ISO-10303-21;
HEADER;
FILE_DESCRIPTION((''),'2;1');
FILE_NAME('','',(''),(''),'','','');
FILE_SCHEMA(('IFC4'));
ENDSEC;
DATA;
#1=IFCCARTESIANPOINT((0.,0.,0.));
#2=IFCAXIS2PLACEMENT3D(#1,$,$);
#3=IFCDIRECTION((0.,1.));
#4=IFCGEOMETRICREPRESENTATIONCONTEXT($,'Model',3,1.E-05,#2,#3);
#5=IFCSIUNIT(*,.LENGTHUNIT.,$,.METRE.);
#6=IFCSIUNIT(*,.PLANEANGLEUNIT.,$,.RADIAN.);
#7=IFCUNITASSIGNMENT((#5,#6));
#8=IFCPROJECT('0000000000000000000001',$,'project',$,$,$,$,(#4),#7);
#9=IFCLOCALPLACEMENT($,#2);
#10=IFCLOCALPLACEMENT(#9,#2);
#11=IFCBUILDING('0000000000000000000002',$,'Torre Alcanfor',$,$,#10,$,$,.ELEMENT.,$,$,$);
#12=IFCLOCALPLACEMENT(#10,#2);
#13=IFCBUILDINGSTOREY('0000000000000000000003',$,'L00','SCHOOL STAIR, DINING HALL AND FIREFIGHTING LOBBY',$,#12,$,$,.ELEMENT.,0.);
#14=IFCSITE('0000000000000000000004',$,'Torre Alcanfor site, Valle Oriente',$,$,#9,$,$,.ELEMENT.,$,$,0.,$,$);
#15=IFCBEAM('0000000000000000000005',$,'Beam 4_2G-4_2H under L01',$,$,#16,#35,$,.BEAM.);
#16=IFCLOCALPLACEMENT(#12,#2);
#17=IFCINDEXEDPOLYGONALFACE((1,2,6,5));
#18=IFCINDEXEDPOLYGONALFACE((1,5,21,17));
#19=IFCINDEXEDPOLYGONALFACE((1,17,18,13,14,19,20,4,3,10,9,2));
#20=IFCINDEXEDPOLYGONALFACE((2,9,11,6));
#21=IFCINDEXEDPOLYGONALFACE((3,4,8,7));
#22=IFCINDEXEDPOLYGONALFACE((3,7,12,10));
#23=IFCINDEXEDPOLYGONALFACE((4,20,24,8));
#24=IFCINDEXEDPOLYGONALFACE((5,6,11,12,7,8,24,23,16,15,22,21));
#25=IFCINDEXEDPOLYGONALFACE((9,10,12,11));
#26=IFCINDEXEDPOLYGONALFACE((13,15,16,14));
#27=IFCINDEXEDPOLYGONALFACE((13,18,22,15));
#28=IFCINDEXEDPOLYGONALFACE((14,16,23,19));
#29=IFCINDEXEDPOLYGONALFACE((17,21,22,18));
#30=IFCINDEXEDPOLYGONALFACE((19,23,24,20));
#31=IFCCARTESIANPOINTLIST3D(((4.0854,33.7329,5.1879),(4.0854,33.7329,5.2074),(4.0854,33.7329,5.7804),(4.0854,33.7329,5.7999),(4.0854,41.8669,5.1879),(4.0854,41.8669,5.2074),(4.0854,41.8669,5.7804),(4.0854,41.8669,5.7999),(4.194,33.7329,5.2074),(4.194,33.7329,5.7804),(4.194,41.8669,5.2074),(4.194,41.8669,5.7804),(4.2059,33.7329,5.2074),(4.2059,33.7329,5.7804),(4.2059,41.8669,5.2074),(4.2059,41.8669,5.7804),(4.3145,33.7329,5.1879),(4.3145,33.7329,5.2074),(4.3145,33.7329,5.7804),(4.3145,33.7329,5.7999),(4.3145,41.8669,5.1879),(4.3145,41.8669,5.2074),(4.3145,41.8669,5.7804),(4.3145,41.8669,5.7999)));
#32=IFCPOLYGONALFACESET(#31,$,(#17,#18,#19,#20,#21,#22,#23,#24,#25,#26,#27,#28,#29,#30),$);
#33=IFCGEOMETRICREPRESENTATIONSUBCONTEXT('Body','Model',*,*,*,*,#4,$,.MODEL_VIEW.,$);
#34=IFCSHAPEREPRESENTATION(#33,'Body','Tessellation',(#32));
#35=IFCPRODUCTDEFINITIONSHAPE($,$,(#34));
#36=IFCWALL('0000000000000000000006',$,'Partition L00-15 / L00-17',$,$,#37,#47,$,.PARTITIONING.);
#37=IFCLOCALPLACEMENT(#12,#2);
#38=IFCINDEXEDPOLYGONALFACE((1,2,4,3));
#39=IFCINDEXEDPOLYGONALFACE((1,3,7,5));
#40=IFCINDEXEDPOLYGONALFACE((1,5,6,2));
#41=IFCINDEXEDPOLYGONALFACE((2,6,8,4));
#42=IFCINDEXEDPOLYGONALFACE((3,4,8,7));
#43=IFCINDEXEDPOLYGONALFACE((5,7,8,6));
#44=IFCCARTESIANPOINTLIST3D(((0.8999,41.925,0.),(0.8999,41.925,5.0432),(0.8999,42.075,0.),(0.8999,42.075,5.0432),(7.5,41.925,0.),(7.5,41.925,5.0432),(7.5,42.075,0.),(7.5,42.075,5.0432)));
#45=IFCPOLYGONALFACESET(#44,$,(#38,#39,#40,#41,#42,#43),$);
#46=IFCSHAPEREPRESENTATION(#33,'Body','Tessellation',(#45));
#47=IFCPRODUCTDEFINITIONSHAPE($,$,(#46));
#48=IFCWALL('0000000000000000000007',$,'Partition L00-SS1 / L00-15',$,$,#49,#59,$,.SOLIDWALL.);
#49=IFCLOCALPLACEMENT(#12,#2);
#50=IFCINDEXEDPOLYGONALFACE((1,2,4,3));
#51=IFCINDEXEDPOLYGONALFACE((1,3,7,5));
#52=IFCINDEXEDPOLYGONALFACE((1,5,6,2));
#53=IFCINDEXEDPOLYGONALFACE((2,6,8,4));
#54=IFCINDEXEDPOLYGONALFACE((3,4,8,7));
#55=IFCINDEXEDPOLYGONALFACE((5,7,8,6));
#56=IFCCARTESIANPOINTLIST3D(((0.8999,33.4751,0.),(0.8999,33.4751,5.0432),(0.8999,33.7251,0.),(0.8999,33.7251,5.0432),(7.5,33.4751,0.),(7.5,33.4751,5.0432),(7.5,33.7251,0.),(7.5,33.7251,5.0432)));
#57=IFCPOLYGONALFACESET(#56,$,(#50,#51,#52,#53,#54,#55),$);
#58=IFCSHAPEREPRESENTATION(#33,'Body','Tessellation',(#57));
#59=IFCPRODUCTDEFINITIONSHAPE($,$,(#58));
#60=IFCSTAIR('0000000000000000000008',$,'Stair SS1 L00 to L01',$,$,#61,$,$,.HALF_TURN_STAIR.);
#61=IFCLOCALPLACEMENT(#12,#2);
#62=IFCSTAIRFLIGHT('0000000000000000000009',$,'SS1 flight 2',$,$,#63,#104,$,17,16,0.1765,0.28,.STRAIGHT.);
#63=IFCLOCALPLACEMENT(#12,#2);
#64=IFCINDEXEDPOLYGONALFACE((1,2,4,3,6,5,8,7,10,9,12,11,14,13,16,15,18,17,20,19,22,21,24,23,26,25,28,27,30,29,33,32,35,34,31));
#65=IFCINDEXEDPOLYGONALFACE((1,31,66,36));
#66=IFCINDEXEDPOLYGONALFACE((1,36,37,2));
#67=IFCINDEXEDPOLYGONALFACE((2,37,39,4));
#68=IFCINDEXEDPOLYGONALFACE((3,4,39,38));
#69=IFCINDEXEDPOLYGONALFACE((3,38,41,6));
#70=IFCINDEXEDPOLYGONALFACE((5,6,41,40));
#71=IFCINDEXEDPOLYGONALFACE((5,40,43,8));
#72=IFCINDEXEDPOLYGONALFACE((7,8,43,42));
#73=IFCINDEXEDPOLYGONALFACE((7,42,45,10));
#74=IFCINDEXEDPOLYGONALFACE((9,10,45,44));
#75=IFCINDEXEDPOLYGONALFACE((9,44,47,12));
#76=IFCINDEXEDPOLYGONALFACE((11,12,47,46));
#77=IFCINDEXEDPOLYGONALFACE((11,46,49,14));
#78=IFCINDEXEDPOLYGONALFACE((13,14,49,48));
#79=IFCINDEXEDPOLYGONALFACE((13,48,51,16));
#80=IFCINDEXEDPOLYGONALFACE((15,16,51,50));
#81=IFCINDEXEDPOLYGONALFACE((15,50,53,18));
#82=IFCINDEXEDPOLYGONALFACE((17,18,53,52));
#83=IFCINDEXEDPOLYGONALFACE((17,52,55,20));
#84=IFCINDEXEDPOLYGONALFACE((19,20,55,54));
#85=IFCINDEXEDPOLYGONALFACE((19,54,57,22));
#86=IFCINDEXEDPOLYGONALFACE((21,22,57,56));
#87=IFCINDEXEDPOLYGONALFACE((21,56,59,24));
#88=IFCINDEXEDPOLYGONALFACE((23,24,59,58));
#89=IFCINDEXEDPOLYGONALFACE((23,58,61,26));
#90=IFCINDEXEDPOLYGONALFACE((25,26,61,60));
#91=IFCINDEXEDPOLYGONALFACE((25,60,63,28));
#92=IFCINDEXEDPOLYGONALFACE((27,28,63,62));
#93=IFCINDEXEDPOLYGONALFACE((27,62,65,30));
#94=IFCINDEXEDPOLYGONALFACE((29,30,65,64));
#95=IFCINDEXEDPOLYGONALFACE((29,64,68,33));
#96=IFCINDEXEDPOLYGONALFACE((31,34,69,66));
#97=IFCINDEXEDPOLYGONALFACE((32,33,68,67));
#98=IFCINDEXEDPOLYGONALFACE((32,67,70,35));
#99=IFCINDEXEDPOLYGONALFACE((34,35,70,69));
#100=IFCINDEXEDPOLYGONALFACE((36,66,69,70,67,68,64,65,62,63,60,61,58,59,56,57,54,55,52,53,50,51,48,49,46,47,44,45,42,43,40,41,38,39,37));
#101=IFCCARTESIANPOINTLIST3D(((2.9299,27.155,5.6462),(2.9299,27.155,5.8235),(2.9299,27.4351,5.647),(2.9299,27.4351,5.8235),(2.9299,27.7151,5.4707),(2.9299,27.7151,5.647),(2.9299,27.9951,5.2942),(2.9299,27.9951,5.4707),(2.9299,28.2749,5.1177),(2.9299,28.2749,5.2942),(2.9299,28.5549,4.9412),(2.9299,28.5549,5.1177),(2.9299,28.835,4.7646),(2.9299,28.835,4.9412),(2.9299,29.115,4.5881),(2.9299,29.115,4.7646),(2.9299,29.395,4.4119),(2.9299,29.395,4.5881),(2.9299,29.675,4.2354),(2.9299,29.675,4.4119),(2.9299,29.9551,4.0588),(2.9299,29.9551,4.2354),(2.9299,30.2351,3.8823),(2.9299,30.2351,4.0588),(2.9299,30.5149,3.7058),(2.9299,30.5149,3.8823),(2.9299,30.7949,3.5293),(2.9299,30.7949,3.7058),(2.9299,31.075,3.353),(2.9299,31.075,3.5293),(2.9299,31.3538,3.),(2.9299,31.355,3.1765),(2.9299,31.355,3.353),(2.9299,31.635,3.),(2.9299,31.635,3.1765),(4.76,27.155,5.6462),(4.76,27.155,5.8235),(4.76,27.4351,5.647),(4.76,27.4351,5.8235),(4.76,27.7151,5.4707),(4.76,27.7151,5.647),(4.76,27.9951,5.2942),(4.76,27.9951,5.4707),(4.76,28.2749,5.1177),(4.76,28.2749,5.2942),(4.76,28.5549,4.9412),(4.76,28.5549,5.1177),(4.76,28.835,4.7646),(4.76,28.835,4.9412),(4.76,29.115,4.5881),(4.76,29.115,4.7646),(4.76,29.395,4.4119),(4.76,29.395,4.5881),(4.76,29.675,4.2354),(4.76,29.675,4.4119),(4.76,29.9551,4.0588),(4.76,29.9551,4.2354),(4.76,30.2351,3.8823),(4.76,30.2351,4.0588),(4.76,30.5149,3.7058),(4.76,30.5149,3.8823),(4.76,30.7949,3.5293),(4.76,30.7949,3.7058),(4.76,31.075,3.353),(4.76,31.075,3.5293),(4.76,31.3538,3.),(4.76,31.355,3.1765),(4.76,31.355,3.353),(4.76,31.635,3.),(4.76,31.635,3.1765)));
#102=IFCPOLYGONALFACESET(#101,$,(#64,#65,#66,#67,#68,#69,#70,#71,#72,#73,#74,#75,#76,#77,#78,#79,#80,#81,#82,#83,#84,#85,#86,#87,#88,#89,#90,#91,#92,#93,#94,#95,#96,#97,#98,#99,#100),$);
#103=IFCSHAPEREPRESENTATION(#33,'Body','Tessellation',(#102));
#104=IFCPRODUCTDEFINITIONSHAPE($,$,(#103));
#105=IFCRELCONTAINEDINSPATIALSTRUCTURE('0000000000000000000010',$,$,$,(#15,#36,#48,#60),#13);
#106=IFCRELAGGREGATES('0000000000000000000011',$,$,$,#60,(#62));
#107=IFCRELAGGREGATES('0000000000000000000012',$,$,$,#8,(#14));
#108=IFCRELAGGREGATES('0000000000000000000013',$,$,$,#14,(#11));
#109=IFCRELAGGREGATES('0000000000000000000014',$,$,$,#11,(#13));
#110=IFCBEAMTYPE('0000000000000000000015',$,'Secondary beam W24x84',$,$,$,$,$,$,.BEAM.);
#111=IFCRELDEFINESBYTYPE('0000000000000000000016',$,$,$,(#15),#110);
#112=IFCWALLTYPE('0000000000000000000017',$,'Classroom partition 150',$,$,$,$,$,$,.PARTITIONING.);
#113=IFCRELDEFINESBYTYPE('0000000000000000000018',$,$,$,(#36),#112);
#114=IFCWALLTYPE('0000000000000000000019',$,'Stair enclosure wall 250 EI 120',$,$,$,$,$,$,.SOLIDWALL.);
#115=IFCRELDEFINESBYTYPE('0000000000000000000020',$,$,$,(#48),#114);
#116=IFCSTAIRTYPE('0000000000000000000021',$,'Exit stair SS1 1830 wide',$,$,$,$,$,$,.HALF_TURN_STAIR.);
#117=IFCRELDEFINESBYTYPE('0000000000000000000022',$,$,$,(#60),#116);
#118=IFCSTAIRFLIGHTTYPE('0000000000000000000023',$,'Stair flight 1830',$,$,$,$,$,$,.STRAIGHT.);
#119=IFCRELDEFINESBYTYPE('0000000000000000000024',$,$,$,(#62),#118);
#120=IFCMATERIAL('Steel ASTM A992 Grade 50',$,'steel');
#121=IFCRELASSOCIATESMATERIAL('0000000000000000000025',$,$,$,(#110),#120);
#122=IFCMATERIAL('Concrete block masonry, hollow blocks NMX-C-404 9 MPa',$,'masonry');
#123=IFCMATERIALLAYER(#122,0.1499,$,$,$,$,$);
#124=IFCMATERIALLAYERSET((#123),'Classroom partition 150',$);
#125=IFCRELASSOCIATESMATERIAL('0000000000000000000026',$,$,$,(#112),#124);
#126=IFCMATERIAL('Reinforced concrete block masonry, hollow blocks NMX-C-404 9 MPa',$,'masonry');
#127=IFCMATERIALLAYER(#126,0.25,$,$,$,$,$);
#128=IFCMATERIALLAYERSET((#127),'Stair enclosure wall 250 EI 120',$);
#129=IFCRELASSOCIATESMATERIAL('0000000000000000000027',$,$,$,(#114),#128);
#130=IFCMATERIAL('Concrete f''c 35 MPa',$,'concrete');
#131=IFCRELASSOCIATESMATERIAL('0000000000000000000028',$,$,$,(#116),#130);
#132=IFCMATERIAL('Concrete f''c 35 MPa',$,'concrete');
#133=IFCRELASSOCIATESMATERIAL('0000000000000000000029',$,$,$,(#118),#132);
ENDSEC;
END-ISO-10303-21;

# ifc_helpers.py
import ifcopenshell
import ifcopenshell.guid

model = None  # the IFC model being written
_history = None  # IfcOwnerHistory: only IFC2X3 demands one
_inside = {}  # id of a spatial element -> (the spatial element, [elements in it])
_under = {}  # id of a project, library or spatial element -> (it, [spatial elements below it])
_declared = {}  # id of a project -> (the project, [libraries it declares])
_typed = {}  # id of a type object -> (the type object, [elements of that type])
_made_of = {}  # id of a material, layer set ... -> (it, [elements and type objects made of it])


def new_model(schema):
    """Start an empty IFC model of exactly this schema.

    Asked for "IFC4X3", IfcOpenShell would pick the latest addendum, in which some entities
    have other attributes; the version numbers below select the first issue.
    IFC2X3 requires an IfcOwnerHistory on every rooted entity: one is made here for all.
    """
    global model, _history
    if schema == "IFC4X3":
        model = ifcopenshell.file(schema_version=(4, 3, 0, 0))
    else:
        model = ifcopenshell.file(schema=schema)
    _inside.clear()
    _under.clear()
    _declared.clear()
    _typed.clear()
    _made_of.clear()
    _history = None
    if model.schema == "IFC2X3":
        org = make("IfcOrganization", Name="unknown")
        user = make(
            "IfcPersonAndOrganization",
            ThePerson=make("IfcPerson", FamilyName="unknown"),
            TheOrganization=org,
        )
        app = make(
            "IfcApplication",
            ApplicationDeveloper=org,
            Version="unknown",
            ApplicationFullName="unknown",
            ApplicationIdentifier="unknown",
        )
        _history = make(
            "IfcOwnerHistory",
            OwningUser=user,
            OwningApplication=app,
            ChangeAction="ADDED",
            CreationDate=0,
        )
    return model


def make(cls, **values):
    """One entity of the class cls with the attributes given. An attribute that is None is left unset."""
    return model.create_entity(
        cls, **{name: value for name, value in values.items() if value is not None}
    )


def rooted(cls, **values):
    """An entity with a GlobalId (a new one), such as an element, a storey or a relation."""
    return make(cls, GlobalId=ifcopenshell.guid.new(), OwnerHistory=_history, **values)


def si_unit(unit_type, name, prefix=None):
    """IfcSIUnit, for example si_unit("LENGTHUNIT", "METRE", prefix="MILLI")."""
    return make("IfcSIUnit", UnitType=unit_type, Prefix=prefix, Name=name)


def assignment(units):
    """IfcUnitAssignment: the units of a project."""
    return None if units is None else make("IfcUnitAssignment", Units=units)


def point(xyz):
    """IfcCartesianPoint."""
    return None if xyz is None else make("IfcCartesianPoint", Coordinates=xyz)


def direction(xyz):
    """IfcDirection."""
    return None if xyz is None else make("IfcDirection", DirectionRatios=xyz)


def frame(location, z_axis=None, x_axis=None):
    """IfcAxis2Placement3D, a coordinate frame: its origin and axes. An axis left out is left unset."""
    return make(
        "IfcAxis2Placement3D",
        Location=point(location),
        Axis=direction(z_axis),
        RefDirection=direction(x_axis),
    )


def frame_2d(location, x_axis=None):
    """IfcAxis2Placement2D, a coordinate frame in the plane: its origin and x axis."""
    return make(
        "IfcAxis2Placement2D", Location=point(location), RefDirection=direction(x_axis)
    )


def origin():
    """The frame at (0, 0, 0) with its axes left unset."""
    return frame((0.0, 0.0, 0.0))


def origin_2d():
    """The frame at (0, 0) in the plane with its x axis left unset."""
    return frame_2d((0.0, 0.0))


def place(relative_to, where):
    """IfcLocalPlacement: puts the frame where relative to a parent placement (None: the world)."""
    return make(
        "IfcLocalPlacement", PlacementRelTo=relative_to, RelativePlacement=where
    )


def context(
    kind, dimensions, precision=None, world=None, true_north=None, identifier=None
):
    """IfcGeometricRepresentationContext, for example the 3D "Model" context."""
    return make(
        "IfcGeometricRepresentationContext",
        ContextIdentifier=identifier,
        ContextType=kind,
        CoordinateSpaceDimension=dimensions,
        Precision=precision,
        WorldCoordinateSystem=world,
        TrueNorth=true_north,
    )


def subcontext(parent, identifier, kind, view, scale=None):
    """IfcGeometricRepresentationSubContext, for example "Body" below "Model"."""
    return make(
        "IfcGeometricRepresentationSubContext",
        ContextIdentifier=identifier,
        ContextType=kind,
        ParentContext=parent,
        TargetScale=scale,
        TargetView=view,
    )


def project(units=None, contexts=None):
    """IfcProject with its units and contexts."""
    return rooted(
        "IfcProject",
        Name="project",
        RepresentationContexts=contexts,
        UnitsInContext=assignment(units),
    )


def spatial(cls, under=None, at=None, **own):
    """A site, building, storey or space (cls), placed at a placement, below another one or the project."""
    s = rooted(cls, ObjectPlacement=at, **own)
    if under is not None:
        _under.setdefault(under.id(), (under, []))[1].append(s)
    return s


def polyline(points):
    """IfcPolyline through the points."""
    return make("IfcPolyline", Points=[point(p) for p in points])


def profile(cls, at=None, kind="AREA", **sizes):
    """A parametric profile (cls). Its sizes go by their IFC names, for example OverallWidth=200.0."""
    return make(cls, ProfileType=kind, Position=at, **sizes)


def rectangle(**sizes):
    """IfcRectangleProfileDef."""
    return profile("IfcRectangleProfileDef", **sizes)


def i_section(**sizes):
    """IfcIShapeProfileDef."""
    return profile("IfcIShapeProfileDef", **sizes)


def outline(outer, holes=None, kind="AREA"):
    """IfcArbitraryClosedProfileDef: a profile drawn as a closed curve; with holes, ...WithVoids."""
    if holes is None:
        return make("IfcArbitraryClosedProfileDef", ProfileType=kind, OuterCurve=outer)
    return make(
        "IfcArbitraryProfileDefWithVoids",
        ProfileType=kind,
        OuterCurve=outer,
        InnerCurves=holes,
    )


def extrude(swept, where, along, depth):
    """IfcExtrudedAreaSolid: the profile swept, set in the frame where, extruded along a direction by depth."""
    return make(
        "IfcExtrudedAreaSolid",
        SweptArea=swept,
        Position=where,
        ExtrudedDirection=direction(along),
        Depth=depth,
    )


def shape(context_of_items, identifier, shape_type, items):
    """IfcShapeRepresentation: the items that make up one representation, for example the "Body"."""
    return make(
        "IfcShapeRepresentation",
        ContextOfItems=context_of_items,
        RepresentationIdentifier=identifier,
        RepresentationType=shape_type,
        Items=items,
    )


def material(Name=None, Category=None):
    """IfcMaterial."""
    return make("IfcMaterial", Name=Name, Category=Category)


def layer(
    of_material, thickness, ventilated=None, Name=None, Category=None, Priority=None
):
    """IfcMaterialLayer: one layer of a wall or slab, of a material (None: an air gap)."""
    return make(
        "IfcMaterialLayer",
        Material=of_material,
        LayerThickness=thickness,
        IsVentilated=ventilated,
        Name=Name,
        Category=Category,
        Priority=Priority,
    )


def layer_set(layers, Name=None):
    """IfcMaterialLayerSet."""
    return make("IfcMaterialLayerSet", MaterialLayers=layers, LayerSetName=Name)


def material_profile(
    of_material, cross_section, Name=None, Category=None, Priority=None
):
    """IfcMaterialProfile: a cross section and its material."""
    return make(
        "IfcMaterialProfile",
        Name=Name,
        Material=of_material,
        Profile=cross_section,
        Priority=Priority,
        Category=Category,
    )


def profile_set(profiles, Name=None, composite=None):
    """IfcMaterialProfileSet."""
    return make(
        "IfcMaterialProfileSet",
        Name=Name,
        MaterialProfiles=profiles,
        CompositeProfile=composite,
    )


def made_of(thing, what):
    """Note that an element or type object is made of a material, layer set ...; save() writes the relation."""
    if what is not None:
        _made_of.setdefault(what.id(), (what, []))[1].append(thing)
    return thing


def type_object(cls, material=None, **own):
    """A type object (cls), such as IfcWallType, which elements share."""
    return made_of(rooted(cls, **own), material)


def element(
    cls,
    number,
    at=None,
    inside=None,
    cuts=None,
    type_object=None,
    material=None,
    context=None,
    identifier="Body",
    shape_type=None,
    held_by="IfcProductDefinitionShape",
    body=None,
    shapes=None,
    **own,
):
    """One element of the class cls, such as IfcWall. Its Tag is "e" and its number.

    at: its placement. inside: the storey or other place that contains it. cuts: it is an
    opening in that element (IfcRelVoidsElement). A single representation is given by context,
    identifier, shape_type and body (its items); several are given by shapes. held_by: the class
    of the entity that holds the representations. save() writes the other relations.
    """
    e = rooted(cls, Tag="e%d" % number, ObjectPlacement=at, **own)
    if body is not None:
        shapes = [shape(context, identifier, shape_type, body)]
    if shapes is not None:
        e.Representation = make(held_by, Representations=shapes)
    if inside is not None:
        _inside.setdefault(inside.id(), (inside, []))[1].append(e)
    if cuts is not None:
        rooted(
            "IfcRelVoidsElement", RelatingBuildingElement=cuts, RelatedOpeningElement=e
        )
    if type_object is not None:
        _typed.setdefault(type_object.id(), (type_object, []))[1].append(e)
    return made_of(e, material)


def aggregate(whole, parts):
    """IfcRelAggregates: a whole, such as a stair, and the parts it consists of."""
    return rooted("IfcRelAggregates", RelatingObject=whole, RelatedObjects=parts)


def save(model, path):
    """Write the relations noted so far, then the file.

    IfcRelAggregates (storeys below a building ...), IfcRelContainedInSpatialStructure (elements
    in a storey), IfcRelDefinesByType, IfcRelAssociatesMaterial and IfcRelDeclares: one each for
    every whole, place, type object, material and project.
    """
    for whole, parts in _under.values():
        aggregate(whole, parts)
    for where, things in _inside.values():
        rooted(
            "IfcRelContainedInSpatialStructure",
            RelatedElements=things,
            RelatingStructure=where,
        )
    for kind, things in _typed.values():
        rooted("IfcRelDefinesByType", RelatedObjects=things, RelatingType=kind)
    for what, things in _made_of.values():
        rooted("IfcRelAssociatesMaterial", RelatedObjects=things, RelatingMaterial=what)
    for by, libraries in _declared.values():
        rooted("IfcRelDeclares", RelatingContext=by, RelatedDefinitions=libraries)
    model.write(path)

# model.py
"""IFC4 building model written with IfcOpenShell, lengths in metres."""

from ifc_helpers import new_model, si_unit, direction, frame, frame_2d, origin, origin_2d, place, context, subcontext, project, spatial, polyline, rectangle, i_section, outline, extrude, material, layer, layer_set, material_profile, profile_set, type_object, element, aggregate, save


model = new_model("IFC4")

# Units and contexts
model_context = context("Model", 3, precision=1e-05, world=origin(), true_north=direction((0.0, 1.0)))
body_context = subcontext(model_context, "Body", "Model", "MODEL_VIEW")
ifc_project = project(units=[si_unit("LENGTHUNIT", "METRE"), si_unit("PLANEANGLEUNIT", "RADIAN")], contexts=[model_context])

# Site, building, storey
site_placement = place(None, origin())
site = spatial("IfcSite", under=ifc_project, at=site_placement, Name="Torre Alcanfor site, Valle Oriente", CompositionType="ELEMENT", RefElevation=0.0)
building_placement = place(site_placement, origin())
building = spatial("IfcBuilding", under=site, at=building_placement, Name="Torre Alcanfor", CompositionType="ELEMENT")
storey_placement = place(building_placement, origin())
storey = spatial("IfcBuildingStorey", under=building, at=storey_placement, Name="L00", Description="SCHOOL STAIR, DINING HALL AND FIREFIGHTING LOBBY", CompositionType="ELEMENT", Elevation=0.0)

# Beam
ifc_material_1 = material(Name="Steel ASTM A992 Grade 50", Category="steel")
ifc_material_profile_1 = material_profile(ifc_material_1, i_section(OverallWidth=0.229, OverallDepth=0.6121, WebThickness=0.012, FlangeThickness=0.0195, at=origin_2d()), Name="W24x84")
ifc_profile_set_1 = profile_set([ifc_material_profile_1], Name="Steel ASTM A992 Grade 50")
beam_type_1 = type_object("IfcBeamType", Name="Secondary beam W24x84", PredefinedType="BEAM", material=ifc_profile_set_1)
beam_1_placement = place(storey_placement, frame((4.2, 33.7329, 5.4939), z_axis=(0.0, 1.0, 0.0), x_axis=(-1.0, 0.0, 0.0)))
element("IfcBeam", 1, at=beam_1_placement, inside=storey, type_object=beam_type_1, Name="Beam 4_2G-4_2H under L01", PredefinedType="BEAM", context=body_context, shape_type="SweptSolid", body=[
    extrude(i_section(OverallWidth=0.229, OverallDepth=0.6121, WebThickness=0.012, FlangeThickness=0.0195, at=origin_2d()), origin(), (0.0, 0.0, 1.0), 8.134),
])

# Walls
ifc_material_2 = material(Name="Concrete block masonry, hollow blocks NMX-C-404 9 MPa", Category="masonry")
ifc_layer_1 = layer(ifc_material_2, 0.1499)
ifc_layer_set_1 = layer_set([ifc_layer_1], Name="Classroom partition 150")
wall_type_1 = type_object("IfcWallType", Name="Classroom partition 150", PredefinedType="PARTITIONING", material=ifc_layer_set_1)
wall_1_placement = place(storey_placement, frame((0.8999, 42.0, 0.0), z_axis=(0.0, 0.0, 1.0), x_axis=(1.0, 0.0, 0.0)))
element("IfcWall", 2, at=wall_1_placement, inside=storey, type_object=wall_type_1, Name="Partition L00-15 / L00-17", PredefinedType="PARTITIONING", context=body_context, shape_type="SweptSolid", body=[
    extrude(rectangle(XDim=6.6001, YDim=0.1499, at=frame_2d((3.3, 0.0))), origin(), (0.0, 0.0, 1.0), 5.0432),
])
ifc_material_3 = material(Name="Reinforced concrete block masonry, hollow blocks NMX-C-404 9 MPa", Category="masonry")
ifc_layer_2 = layer(ifc_material_3, 0.25)
ifc_layer_set_2 = layer_set([ifc_layer_2], Name="Stair enclosure wall 250 EI 120")
wall_type_2 = type_object("IfcWallType", Name="Stair enclosure wall 250 EI 120", PredefinedType="SOLIDWALL", material=ifc_layer_set_2)
wall_2_placement = place(storey_placement, frame((0.8999, 33.6001, 0.0), z_axis=(0.0, 0.0, 1.0), x_axis=(1.0, 0.0, 0.0)))
element("IfcWall", 3, at=wall_2_placement, inside=storey, type_object=wall_type_2, Name="Partition L00-SS1 / L00-15", PredefinedType="SOLIDWALL", context=body_context, shape_type="SweptSolid", body=[
    extrude(rectangle(XDim=6.6001, YDim=0.25, at=frame_2d((3.3, 0.0))), origin(), (0.0, 0.0, 1.0), 5.0432),
])

# Stair, stair flight
ifc_material_4 = material(Name="Concrete f'c 35 MPa", Category="concrete")
stair_type = type_object("IfcStairType", Name="Exit stair SS1 1830 wide", PredefinedType="HALF_TURN_STAIR", material=ifc_material_4)
stair_placement = place(storey_placement, origin())
stair = element("IfcStair", 4, at=stair_placement, inside=storey, type_object=stair_type, Name="Stair SS1 L00 to L01", PredefinedType="HALF_TURN_STAIR")
ifc_material_5 = material(Name="Concrete f'c 35 MPa", Category="concrete")
stair_flight_type = type_object("IfcStairFlightType", Name="Stair flight 1830", PredefinedType="STRAIGHT", material=ifc_material_5)
stair_flight_placement = place(storey_placement, frame((3.845, 31.635, 3.0), z_axis=(0.0, 0.0, 1.0), x_axis=(0.0, -1.0, 0.0)))
stair_flight = element("IfcStairFlight", 5, at=stair_flight_placement, type_object=stair_flight_type, Name="SS1 flight 2", NumberOfRisers=17, NumberOfTreads=16, PredefinedType="STRAIGHT", RiserHeight=0.1765, TreadLength=0.28, context=body_context, shape_type="SweptSolid", body=[
    extrude(outline(polyline([(0.0, 0.0), (0.0, 0.1765), (0.28, 0.1765), (0.28, 0.353), (0.5601, 0.353), (0.5601, 0.5293), (0.8401, 0.5293), (0.8401, 0.7058), (1.1201, 0.7058), (1.1201, 0.8823), (1.3999, 0.8823), (1.3999, 1.0588), (1.6799, 1.0588), (1.6799, 1.2354), (1.96, 1.2354), (1.96, 1.4119), (2.24, 1.4119), (2.24, 1.5881), (2.52, 1.5881), (2.52, 1.7646), (2.8, 1.7646), (2.8, 1.9412), (3.0801, 1.9412), (3.0801, 2.1177), (3.3601, 2.1177), (3.3601, 2.2942), (3.6399, 2.2942), (3.6399, 2.4707), (3.9199, 2.4707), (3.9199, 2.647), (4.2, 2.647), (4.2, 2.8235), (4.48, 2.8235), (4.48, 3.0), (4.48, 2.6462), (0.2812, 0.0), (0.0, 0.0)])), frame((0.0, 0.915, 0.0), z_axis=(0.0, -1.0, 0.0), x_axis=(1.0, 0.0, 0.0)), (0.0, 0.0, 1.0), 1.8301),
])
aggregate(stair, [stair_flight])

save(model, "model.ifc")
